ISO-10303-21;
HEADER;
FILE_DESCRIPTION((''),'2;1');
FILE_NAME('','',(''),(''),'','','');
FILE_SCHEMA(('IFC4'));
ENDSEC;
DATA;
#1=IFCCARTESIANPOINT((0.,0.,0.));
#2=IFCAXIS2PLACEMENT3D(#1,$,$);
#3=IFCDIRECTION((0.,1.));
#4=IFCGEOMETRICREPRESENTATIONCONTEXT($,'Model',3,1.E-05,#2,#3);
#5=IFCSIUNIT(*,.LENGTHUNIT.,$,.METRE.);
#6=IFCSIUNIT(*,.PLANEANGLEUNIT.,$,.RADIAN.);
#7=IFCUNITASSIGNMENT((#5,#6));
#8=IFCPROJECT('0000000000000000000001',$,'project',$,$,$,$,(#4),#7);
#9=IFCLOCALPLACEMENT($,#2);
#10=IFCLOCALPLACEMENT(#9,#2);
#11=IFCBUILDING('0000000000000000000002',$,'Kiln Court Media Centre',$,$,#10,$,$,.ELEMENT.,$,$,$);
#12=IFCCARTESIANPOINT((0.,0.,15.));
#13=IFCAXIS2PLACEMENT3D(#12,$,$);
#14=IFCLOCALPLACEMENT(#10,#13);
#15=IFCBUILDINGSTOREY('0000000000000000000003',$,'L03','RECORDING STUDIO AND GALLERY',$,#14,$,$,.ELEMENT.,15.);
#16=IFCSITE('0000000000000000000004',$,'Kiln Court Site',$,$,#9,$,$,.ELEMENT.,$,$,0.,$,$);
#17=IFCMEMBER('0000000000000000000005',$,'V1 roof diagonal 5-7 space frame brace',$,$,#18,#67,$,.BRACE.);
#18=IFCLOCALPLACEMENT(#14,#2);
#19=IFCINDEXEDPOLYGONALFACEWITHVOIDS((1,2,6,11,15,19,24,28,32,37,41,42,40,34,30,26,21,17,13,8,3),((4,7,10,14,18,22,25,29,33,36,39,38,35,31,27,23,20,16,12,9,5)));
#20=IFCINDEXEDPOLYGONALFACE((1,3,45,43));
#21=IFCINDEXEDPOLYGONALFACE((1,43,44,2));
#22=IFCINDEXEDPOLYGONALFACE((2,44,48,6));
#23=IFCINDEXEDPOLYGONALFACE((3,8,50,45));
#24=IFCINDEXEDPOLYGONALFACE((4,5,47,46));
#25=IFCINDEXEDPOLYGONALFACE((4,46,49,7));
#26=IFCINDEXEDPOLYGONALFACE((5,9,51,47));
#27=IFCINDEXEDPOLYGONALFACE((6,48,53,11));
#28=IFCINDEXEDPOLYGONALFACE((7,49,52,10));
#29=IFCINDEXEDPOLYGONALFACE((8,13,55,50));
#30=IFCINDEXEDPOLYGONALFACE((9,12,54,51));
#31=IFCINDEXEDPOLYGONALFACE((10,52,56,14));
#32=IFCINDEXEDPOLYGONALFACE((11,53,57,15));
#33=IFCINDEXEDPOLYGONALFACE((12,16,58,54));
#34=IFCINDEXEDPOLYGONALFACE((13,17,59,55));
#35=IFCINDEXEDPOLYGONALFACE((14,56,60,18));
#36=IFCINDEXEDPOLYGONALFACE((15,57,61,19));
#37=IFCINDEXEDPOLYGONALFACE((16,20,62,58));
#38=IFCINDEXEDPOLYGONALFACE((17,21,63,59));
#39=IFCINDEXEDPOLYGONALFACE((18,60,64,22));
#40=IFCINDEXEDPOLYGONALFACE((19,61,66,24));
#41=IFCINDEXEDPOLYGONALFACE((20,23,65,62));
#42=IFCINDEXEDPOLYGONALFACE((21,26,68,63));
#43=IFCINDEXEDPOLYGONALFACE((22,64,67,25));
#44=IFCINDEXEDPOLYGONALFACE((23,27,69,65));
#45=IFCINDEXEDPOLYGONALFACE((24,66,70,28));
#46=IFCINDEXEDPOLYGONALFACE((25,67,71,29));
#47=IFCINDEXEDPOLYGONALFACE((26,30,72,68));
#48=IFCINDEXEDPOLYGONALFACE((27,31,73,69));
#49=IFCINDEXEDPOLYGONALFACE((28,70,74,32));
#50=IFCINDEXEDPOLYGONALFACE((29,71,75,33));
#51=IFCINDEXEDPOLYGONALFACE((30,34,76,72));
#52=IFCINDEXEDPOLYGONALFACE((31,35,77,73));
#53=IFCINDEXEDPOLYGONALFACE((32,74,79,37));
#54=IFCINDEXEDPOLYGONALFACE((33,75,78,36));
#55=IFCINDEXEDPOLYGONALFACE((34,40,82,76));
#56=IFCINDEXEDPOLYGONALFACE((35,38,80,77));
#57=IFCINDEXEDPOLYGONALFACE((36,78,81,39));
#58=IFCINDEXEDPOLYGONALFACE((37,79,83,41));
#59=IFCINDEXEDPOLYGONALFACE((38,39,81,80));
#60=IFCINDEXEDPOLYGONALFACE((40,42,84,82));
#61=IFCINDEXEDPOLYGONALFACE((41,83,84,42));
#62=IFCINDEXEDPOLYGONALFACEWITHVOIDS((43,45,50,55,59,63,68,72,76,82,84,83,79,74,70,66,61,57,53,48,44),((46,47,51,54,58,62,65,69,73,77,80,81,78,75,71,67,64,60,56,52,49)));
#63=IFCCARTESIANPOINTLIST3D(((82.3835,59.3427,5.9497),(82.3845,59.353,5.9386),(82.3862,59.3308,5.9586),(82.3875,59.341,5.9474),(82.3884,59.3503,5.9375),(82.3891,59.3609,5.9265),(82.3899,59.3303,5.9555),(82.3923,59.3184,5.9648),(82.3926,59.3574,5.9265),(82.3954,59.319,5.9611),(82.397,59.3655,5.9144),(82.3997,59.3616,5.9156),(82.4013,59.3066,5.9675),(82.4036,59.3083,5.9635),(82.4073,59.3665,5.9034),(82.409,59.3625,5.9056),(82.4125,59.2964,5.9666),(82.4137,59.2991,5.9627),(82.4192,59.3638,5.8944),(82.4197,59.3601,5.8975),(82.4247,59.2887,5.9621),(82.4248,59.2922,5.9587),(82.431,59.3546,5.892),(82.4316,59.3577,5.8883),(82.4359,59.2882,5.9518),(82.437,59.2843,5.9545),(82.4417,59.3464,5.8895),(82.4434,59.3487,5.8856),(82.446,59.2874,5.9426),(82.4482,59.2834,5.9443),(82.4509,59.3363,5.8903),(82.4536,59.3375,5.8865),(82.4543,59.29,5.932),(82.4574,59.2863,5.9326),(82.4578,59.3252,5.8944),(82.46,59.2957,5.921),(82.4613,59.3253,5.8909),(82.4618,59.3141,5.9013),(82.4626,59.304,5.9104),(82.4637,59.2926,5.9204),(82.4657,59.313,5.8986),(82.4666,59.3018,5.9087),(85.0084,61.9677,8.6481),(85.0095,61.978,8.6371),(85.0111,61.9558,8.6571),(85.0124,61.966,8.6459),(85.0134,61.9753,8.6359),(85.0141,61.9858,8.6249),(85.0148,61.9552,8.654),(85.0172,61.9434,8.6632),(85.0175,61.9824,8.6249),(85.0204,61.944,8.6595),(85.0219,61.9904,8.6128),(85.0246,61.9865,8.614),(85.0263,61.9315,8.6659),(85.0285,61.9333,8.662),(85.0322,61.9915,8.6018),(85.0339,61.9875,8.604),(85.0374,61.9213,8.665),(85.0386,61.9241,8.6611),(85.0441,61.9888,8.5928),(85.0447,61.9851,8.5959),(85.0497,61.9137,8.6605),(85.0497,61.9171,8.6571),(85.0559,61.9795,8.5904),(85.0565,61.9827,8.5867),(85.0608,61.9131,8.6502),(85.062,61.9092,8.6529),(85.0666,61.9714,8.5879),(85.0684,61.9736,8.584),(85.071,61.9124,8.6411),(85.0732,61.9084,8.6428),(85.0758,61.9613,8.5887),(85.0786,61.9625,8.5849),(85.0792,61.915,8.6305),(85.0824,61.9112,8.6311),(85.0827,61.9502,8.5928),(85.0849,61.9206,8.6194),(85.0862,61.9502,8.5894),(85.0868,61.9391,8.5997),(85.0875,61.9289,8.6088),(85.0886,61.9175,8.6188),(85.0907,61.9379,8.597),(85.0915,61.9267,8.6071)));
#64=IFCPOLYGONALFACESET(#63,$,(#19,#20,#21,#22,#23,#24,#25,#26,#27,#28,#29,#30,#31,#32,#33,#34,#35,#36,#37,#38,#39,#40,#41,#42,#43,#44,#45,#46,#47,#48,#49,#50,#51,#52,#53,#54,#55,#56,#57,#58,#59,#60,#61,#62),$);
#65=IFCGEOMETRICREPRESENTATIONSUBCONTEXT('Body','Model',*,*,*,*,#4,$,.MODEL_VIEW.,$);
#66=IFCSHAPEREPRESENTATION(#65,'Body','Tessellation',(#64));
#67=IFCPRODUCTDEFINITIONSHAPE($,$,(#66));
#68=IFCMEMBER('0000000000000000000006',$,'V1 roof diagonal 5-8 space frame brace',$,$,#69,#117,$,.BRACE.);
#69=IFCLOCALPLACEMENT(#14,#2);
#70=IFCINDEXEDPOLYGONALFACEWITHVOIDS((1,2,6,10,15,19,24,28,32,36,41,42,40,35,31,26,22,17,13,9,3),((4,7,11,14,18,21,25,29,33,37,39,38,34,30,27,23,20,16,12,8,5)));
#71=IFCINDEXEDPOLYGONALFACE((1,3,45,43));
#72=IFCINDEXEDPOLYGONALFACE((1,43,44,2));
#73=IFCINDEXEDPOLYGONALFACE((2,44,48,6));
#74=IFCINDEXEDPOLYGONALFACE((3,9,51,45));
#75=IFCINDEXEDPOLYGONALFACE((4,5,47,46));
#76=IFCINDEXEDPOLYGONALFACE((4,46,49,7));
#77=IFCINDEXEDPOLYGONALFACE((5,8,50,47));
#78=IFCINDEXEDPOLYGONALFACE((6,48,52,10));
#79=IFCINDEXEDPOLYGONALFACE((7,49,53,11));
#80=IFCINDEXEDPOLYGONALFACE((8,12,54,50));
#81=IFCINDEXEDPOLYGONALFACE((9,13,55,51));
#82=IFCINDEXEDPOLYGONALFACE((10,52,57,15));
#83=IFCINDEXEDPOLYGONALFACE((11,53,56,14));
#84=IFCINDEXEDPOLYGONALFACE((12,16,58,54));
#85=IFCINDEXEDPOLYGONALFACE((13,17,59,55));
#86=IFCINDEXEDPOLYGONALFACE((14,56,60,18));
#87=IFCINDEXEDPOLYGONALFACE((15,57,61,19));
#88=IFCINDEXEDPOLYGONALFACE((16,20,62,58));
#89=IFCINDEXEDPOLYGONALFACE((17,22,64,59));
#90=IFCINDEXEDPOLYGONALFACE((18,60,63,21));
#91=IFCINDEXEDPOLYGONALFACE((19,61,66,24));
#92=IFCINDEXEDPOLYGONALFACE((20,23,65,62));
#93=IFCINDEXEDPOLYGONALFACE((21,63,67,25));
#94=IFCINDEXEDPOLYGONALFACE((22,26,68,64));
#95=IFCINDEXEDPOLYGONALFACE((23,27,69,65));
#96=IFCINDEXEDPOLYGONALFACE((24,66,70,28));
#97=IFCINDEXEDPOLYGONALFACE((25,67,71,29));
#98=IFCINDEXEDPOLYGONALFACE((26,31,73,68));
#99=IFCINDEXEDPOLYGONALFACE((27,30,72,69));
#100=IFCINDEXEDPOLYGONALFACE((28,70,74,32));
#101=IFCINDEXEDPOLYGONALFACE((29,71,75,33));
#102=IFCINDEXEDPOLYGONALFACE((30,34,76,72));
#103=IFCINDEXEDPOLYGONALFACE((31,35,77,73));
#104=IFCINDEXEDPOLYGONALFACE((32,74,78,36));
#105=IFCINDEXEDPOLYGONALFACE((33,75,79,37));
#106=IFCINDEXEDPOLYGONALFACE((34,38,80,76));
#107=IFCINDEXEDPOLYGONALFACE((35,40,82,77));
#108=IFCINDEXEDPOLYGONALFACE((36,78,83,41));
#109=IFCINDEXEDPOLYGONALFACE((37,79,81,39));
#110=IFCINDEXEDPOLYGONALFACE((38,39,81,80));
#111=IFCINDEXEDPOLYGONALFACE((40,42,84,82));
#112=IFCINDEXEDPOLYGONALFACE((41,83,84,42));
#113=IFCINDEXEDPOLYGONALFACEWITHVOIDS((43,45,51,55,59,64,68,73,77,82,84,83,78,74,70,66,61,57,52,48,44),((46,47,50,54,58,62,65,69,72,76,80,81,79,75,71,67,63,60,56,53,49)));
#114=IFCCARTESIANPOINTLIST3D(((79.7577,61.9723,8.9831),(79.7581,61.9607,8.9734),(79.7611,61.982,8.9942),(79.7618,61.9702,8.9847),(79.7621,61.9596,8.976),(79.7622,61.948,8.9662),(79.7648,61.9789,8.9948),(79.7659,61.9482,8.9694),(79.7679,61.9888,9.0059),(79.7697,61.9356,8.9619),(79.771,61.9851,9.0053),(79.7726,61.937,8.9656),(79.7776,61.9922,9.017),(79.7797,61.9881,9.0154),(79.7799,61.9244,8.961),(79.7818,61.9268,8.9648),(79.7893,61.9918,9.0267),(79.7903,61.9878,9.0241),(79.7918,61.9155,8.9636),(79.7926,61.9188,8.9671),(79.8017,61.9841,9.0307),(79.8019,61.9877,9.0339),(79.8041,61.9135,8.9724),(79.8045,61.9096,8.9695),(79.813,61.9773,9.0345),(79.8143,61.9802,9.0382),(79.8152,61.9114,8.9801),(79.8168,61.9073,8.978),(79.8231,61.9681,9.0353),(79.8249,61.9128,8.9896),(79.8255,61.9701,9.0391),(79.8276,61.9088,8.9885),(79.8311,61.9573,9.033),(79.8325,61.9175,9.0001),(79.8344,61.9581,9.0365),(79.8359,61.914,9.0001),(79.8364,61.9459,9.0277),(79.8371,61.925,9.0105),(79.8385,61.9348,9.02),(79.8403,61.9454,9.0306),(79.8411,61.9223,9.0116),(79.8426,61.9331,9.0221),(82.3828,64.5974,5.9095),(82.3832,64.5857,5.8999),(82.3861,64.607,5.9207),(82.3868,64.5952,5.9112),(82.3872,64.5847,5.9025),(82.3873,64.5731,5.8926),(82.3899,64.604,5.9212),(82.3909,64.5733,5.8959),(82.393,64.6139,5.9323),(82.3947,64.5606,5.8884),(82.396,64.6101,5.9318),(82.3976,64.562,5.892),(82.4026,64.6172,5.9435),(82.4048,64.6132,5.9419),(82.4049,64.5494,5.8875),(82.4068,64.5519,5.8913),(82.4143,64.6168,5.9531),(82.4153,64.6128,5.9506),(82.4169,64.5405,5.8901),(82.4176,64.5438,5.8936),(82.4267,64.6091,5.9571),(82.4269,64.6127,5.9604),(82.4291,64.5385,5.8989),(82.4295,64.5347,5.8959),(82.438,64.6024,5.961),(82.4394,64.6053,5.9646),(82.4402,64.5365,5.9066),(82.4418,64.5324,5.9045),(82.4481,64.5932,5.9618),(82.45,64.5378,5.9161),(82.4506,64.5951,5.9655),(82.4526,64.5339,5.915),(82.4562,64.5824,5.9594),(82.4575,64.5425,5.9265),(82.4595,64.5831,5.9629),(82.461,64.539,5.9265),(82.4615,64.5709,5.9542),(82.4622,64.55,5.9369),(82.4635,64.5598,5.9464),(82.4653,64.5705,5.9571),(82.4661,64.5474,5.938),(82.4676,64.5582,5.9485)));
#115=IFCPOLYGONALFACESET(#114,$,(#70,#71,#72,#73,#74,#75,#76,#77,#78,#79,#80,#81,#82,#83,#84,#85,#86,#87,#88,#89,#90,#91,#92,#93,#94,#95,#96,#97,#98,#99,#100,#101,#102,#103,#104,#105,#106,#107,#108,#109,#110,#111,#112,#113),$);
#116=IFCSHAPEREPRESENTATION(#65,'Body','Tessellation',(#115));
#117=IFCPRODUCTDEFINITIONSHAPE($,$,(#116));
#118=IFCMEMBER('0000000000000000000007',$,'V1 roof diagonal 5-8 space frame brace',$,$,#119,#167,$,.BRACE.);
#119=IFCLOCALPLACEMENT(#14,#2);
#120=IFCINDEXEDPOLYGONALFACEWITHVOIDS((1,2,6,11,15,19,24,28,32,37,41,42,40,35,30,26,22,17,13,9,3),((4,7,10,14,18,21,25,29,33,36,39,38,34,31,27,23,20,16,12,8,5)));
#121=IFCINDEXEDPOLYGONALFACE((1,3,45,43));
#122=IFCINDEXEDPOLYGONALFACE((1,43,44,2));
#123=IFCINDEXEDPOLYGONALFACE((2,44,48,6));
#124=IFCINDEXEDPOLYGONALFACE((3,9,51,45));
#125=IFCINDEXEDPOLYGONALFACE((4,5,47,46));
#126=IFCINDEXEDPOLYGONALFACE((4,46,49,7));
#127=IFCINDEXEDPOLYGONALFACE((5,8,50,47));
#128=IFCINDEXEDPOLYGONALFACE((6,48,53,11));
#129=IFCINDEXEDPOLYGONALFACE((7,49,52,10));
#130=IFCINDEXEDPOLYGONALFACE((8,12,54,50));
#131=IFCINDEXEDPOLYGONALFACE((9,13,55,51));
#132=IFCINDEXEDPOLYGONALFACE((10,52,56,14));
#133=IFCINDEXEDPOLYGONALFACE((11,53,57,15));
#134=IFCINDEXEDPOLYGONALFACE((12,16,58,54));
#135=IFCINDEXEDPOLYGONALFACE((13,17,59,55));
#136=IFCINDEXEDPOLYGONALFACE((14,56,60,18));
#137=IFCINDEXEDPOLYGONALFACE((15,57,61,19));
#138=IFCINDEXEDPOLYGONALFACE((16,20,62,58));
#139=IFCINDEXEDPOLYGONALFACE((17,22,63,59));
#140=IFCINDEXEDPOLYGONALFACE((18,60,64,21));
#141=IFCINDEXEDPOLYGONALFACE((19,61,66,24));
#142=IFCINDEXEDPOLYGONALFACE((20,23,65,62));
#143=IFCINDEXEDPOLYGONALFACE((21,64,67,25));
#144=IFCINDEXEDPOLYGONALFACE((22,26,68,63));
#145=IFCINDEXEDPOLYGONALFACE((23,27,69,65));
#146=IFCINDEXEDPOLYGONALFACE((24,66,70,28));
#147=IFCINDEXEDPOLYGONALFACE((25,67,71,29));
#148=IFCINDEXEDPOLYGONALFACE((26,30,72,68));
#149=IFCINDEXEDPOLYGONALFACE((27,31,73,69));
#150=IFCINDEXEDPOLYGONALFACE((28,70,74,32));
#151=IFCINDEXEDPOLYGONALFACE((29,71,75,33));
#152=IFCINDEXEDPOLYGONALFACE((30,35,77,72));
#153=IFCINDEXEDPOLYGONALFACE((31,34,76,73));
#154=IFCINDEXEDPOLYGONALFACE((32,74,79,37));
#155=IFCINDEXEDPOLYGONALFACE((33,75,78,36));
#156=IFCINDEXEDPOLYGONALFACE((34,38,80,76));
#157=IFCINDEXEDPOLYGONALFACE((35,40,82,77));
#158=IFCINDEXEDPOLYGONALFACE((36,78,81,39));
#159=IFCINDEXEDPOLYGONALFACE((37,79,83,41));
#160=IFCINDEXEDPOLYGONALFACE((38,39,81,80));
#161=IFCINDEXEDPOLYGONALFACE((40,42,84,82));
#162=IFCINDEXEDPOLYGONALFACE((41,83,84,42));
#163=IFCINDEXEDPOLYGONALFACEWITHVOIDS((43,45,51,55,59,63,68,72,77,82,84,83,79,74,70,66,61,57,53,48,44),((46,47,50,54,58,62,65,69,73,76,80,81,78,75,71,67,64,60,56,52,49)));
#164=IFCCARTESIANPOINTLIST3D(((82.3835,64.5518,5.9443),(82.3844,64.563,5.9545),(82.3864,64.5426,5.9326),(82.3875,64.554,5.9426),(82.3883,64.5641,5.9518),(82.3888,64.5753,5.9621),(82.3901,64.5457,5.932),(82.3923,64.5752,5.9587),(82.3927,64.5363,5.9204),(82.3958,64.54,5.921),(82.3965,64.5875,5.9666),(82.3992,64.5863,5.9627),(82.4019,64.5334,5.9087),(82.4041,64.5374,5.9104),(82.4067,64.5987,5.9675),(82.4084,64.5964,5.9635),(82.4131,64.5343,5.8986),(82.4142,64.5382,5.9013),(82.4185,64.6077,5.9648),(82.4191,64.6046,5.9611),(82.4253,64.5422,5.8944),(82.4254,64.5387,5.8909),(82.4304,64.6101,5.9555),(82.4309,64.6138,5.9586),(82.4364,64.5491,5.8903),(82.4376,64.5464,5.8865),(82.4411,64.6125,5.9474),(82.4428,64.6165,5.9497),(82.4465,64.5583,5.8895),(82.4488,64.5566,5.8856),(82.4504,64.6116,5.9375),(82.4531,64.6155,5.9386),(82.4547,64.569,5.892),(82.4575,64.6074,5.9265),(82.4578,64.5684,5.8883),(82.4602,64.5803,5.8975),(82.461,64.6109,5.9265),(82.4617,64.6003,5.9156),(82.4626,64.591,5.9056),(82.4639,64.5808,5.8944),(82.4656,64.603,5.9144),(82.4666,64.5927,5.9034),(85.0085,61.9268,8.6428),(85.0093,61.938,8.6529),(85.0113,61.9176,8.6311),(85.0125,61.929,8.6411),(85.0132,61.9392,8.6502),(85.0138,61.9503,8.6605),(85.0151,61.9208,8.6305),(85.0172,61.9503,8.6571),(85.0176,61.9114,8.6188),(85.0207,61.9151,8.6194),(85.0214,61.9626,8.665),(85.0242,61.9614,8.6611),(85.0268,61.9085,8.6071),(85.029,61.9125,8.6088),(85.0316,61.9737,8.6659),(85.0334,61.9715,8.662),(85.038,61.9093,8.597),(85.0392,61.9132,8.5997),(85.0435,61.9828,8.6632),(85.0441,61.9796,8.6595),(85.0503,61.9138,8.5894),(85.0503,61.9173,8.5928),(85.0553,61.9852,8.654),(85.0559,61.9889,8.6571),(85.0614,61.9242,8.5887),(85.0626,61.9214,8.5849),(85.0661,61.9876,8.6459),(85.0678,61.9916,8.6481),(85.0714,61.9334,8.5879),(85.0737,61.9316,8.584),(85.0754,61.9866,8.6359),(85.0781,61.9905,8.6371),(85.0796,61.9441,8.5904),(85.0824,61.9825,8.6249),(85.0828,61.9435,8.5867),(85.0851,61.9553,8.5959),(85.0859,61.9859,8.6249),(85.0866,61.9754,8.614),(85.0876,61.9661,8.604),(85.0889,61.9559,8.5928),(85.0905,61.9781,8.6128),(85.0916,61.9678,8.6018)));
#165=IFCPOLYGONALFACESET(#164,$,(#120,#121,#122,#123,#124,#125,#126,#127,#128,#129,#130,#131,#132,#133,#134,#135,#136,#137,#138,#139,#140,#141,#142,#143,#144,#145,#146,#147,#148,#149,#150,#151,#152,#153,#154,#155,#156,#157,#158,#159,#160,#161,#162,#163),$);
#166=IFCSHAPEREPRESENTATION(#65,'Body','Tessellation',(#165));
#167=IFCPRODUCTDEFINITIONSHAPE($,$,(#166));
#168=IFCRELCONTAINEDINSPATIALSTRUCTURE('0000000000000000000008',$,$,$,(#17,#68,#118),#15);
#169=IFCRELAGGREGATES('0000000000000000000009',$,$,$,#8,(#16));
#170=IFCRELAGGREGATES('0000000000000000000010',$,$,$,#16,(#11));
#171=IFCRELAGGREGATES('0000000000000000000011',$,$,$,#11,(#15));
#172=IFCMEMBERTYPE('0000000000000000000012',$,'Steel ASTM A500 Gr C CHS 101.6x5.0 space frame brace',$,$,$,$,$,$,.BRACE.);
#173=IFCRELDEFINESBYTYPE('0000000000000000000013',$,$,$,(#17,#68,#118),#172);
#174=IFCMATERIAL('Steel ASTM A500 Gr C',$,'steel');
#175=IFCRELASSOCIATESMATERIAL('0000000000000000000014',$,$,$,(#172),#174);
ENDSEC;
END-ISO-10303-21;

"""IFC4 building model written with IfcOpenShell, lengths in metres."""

from ifc_helpers import new_model, si_unit, direction, frame, origin, origin_2d, place, context, subcontext, project, spatial, hollow_circle, extrude, material, material_profile, profile_set, type_object, element, save


model = new_model("IFC4")

# Units and contexts
model_context = context("Model", 3, precision=1e-05, world=origin(), true_north=direction((0.0, 1.0)))
body_context = subcontext(model_context, "Body", "Model", "MODEL_VIEW")
ifc_project = project(units=[si_unit("LENGTHUNIT", "METRE"), si_unit("PLANEANGLEUNIT", "RADIAN")], contexts=[model_context])

# Site, building, storey
site_placement = place(None, origin())
site = spatial("IfcSite", under=ifc_project, at=site_placement, Name="Kiln Court Site", CompositionType="ELEMENT", RefElevation=0.0)
building_placement = place(site_placement, origin())
building = spatial("IfcBuilding", under=site, at=building_placement, Name="Kiln Court Media Centre", CompositionType="ELEMENT")
storey_placement = place(building_placement, frame((0.0, 0.0, 15.0)))
storey = spatial("IfcBuildingStorey", under=building, at=storey_placement, Name="L03", Description="RECORDING STUDIO AND GALLERY", CompositionType="ELEMENT", Elevation=15.0)

# Members
ifc_material_1 = material(Name="Steel ASTM A500 Gr C", Category="steel")
ifc_material_profile_1 = material_profile(ifc_material_1, hollow_circle(Radius=0.0508, WallThickness=0.0049, at=origin_2d()), Name="CHS 101.6x5.0")
ifc_profile_set_1 = profile_set([ifc_material_profile_1], Name="Steel ASTM A500 Gr C")
member_type_1 = type_object("IfcMemberType", Name="Steel ASTM A500 Gr C CHS 101.6x5.0 space frame brace", PredefinedType="BRACE", material=ifc_profile_set_1)
member_1_placement = place(storey_placement, frame((82.425, 59.325, 5.9265), z_axis=(0.571964, 0.571964, 0.587976), x_axis=(-0.707107, 0.707107, 0.0)))
element("IfcMember", 1, at=member_1_placement, inside=storey, type_object=member_type_1, Name="V1 roof diagonal 5-7 space frame brace", PredefinedType="BRACE", context=body_context, shape_type="SweptSolid", body=[
    extrude(hollow_circle(Radius=0.0508, WallThickness=0.0049, at=origin_2d()), origin(), (0.0, 0.0, 1.0), 4.5894),
])
member_2_placement = place(storey_placement, frame((82.425, 64.575, 5.9265), z_axis=(-0.544662, -0.544662, 0.637719), x_axis=(0.707107, -0.707107, 0.0)))
element("IfcMember", 2, at=member_2_placement, inside=storey, type_object=member_type_1, Name="V1 roof diagonal 5-8 space frame brace", PredefinedType="BRACE", context=body_context, shape_type="SweptSolid", body=[
    extrude(hollow_circle(Radius=0.0508, WallThickness=0.0049, at=origin_2d()), origin(), (0.0, 0.0, 1.0), 4.8196),
])
member_3_placement = place(storey_placement, frame((82.425, 64.575, 5.9265), z_axis=(0.571964, -0.571964, 0.587976), x_axis=(0.707107, 0.707107, 0.0)))
element("IfcMember", 3, at=member_3_placement, inside=storey, type_object=member_type_1, Name="V1 roof diagonal 5-8 space frame brace", PredefinedType="BRACE", context=body_context, shape_type="SweptSolid", body=[
    extrude(hollow_circle(Radius=0.0508, WallThickness=0.0049, at=origin_2d()), origin(), (0.0, 0.0, 1.0), 4.5894),
])

save(model, "model.ifc")
